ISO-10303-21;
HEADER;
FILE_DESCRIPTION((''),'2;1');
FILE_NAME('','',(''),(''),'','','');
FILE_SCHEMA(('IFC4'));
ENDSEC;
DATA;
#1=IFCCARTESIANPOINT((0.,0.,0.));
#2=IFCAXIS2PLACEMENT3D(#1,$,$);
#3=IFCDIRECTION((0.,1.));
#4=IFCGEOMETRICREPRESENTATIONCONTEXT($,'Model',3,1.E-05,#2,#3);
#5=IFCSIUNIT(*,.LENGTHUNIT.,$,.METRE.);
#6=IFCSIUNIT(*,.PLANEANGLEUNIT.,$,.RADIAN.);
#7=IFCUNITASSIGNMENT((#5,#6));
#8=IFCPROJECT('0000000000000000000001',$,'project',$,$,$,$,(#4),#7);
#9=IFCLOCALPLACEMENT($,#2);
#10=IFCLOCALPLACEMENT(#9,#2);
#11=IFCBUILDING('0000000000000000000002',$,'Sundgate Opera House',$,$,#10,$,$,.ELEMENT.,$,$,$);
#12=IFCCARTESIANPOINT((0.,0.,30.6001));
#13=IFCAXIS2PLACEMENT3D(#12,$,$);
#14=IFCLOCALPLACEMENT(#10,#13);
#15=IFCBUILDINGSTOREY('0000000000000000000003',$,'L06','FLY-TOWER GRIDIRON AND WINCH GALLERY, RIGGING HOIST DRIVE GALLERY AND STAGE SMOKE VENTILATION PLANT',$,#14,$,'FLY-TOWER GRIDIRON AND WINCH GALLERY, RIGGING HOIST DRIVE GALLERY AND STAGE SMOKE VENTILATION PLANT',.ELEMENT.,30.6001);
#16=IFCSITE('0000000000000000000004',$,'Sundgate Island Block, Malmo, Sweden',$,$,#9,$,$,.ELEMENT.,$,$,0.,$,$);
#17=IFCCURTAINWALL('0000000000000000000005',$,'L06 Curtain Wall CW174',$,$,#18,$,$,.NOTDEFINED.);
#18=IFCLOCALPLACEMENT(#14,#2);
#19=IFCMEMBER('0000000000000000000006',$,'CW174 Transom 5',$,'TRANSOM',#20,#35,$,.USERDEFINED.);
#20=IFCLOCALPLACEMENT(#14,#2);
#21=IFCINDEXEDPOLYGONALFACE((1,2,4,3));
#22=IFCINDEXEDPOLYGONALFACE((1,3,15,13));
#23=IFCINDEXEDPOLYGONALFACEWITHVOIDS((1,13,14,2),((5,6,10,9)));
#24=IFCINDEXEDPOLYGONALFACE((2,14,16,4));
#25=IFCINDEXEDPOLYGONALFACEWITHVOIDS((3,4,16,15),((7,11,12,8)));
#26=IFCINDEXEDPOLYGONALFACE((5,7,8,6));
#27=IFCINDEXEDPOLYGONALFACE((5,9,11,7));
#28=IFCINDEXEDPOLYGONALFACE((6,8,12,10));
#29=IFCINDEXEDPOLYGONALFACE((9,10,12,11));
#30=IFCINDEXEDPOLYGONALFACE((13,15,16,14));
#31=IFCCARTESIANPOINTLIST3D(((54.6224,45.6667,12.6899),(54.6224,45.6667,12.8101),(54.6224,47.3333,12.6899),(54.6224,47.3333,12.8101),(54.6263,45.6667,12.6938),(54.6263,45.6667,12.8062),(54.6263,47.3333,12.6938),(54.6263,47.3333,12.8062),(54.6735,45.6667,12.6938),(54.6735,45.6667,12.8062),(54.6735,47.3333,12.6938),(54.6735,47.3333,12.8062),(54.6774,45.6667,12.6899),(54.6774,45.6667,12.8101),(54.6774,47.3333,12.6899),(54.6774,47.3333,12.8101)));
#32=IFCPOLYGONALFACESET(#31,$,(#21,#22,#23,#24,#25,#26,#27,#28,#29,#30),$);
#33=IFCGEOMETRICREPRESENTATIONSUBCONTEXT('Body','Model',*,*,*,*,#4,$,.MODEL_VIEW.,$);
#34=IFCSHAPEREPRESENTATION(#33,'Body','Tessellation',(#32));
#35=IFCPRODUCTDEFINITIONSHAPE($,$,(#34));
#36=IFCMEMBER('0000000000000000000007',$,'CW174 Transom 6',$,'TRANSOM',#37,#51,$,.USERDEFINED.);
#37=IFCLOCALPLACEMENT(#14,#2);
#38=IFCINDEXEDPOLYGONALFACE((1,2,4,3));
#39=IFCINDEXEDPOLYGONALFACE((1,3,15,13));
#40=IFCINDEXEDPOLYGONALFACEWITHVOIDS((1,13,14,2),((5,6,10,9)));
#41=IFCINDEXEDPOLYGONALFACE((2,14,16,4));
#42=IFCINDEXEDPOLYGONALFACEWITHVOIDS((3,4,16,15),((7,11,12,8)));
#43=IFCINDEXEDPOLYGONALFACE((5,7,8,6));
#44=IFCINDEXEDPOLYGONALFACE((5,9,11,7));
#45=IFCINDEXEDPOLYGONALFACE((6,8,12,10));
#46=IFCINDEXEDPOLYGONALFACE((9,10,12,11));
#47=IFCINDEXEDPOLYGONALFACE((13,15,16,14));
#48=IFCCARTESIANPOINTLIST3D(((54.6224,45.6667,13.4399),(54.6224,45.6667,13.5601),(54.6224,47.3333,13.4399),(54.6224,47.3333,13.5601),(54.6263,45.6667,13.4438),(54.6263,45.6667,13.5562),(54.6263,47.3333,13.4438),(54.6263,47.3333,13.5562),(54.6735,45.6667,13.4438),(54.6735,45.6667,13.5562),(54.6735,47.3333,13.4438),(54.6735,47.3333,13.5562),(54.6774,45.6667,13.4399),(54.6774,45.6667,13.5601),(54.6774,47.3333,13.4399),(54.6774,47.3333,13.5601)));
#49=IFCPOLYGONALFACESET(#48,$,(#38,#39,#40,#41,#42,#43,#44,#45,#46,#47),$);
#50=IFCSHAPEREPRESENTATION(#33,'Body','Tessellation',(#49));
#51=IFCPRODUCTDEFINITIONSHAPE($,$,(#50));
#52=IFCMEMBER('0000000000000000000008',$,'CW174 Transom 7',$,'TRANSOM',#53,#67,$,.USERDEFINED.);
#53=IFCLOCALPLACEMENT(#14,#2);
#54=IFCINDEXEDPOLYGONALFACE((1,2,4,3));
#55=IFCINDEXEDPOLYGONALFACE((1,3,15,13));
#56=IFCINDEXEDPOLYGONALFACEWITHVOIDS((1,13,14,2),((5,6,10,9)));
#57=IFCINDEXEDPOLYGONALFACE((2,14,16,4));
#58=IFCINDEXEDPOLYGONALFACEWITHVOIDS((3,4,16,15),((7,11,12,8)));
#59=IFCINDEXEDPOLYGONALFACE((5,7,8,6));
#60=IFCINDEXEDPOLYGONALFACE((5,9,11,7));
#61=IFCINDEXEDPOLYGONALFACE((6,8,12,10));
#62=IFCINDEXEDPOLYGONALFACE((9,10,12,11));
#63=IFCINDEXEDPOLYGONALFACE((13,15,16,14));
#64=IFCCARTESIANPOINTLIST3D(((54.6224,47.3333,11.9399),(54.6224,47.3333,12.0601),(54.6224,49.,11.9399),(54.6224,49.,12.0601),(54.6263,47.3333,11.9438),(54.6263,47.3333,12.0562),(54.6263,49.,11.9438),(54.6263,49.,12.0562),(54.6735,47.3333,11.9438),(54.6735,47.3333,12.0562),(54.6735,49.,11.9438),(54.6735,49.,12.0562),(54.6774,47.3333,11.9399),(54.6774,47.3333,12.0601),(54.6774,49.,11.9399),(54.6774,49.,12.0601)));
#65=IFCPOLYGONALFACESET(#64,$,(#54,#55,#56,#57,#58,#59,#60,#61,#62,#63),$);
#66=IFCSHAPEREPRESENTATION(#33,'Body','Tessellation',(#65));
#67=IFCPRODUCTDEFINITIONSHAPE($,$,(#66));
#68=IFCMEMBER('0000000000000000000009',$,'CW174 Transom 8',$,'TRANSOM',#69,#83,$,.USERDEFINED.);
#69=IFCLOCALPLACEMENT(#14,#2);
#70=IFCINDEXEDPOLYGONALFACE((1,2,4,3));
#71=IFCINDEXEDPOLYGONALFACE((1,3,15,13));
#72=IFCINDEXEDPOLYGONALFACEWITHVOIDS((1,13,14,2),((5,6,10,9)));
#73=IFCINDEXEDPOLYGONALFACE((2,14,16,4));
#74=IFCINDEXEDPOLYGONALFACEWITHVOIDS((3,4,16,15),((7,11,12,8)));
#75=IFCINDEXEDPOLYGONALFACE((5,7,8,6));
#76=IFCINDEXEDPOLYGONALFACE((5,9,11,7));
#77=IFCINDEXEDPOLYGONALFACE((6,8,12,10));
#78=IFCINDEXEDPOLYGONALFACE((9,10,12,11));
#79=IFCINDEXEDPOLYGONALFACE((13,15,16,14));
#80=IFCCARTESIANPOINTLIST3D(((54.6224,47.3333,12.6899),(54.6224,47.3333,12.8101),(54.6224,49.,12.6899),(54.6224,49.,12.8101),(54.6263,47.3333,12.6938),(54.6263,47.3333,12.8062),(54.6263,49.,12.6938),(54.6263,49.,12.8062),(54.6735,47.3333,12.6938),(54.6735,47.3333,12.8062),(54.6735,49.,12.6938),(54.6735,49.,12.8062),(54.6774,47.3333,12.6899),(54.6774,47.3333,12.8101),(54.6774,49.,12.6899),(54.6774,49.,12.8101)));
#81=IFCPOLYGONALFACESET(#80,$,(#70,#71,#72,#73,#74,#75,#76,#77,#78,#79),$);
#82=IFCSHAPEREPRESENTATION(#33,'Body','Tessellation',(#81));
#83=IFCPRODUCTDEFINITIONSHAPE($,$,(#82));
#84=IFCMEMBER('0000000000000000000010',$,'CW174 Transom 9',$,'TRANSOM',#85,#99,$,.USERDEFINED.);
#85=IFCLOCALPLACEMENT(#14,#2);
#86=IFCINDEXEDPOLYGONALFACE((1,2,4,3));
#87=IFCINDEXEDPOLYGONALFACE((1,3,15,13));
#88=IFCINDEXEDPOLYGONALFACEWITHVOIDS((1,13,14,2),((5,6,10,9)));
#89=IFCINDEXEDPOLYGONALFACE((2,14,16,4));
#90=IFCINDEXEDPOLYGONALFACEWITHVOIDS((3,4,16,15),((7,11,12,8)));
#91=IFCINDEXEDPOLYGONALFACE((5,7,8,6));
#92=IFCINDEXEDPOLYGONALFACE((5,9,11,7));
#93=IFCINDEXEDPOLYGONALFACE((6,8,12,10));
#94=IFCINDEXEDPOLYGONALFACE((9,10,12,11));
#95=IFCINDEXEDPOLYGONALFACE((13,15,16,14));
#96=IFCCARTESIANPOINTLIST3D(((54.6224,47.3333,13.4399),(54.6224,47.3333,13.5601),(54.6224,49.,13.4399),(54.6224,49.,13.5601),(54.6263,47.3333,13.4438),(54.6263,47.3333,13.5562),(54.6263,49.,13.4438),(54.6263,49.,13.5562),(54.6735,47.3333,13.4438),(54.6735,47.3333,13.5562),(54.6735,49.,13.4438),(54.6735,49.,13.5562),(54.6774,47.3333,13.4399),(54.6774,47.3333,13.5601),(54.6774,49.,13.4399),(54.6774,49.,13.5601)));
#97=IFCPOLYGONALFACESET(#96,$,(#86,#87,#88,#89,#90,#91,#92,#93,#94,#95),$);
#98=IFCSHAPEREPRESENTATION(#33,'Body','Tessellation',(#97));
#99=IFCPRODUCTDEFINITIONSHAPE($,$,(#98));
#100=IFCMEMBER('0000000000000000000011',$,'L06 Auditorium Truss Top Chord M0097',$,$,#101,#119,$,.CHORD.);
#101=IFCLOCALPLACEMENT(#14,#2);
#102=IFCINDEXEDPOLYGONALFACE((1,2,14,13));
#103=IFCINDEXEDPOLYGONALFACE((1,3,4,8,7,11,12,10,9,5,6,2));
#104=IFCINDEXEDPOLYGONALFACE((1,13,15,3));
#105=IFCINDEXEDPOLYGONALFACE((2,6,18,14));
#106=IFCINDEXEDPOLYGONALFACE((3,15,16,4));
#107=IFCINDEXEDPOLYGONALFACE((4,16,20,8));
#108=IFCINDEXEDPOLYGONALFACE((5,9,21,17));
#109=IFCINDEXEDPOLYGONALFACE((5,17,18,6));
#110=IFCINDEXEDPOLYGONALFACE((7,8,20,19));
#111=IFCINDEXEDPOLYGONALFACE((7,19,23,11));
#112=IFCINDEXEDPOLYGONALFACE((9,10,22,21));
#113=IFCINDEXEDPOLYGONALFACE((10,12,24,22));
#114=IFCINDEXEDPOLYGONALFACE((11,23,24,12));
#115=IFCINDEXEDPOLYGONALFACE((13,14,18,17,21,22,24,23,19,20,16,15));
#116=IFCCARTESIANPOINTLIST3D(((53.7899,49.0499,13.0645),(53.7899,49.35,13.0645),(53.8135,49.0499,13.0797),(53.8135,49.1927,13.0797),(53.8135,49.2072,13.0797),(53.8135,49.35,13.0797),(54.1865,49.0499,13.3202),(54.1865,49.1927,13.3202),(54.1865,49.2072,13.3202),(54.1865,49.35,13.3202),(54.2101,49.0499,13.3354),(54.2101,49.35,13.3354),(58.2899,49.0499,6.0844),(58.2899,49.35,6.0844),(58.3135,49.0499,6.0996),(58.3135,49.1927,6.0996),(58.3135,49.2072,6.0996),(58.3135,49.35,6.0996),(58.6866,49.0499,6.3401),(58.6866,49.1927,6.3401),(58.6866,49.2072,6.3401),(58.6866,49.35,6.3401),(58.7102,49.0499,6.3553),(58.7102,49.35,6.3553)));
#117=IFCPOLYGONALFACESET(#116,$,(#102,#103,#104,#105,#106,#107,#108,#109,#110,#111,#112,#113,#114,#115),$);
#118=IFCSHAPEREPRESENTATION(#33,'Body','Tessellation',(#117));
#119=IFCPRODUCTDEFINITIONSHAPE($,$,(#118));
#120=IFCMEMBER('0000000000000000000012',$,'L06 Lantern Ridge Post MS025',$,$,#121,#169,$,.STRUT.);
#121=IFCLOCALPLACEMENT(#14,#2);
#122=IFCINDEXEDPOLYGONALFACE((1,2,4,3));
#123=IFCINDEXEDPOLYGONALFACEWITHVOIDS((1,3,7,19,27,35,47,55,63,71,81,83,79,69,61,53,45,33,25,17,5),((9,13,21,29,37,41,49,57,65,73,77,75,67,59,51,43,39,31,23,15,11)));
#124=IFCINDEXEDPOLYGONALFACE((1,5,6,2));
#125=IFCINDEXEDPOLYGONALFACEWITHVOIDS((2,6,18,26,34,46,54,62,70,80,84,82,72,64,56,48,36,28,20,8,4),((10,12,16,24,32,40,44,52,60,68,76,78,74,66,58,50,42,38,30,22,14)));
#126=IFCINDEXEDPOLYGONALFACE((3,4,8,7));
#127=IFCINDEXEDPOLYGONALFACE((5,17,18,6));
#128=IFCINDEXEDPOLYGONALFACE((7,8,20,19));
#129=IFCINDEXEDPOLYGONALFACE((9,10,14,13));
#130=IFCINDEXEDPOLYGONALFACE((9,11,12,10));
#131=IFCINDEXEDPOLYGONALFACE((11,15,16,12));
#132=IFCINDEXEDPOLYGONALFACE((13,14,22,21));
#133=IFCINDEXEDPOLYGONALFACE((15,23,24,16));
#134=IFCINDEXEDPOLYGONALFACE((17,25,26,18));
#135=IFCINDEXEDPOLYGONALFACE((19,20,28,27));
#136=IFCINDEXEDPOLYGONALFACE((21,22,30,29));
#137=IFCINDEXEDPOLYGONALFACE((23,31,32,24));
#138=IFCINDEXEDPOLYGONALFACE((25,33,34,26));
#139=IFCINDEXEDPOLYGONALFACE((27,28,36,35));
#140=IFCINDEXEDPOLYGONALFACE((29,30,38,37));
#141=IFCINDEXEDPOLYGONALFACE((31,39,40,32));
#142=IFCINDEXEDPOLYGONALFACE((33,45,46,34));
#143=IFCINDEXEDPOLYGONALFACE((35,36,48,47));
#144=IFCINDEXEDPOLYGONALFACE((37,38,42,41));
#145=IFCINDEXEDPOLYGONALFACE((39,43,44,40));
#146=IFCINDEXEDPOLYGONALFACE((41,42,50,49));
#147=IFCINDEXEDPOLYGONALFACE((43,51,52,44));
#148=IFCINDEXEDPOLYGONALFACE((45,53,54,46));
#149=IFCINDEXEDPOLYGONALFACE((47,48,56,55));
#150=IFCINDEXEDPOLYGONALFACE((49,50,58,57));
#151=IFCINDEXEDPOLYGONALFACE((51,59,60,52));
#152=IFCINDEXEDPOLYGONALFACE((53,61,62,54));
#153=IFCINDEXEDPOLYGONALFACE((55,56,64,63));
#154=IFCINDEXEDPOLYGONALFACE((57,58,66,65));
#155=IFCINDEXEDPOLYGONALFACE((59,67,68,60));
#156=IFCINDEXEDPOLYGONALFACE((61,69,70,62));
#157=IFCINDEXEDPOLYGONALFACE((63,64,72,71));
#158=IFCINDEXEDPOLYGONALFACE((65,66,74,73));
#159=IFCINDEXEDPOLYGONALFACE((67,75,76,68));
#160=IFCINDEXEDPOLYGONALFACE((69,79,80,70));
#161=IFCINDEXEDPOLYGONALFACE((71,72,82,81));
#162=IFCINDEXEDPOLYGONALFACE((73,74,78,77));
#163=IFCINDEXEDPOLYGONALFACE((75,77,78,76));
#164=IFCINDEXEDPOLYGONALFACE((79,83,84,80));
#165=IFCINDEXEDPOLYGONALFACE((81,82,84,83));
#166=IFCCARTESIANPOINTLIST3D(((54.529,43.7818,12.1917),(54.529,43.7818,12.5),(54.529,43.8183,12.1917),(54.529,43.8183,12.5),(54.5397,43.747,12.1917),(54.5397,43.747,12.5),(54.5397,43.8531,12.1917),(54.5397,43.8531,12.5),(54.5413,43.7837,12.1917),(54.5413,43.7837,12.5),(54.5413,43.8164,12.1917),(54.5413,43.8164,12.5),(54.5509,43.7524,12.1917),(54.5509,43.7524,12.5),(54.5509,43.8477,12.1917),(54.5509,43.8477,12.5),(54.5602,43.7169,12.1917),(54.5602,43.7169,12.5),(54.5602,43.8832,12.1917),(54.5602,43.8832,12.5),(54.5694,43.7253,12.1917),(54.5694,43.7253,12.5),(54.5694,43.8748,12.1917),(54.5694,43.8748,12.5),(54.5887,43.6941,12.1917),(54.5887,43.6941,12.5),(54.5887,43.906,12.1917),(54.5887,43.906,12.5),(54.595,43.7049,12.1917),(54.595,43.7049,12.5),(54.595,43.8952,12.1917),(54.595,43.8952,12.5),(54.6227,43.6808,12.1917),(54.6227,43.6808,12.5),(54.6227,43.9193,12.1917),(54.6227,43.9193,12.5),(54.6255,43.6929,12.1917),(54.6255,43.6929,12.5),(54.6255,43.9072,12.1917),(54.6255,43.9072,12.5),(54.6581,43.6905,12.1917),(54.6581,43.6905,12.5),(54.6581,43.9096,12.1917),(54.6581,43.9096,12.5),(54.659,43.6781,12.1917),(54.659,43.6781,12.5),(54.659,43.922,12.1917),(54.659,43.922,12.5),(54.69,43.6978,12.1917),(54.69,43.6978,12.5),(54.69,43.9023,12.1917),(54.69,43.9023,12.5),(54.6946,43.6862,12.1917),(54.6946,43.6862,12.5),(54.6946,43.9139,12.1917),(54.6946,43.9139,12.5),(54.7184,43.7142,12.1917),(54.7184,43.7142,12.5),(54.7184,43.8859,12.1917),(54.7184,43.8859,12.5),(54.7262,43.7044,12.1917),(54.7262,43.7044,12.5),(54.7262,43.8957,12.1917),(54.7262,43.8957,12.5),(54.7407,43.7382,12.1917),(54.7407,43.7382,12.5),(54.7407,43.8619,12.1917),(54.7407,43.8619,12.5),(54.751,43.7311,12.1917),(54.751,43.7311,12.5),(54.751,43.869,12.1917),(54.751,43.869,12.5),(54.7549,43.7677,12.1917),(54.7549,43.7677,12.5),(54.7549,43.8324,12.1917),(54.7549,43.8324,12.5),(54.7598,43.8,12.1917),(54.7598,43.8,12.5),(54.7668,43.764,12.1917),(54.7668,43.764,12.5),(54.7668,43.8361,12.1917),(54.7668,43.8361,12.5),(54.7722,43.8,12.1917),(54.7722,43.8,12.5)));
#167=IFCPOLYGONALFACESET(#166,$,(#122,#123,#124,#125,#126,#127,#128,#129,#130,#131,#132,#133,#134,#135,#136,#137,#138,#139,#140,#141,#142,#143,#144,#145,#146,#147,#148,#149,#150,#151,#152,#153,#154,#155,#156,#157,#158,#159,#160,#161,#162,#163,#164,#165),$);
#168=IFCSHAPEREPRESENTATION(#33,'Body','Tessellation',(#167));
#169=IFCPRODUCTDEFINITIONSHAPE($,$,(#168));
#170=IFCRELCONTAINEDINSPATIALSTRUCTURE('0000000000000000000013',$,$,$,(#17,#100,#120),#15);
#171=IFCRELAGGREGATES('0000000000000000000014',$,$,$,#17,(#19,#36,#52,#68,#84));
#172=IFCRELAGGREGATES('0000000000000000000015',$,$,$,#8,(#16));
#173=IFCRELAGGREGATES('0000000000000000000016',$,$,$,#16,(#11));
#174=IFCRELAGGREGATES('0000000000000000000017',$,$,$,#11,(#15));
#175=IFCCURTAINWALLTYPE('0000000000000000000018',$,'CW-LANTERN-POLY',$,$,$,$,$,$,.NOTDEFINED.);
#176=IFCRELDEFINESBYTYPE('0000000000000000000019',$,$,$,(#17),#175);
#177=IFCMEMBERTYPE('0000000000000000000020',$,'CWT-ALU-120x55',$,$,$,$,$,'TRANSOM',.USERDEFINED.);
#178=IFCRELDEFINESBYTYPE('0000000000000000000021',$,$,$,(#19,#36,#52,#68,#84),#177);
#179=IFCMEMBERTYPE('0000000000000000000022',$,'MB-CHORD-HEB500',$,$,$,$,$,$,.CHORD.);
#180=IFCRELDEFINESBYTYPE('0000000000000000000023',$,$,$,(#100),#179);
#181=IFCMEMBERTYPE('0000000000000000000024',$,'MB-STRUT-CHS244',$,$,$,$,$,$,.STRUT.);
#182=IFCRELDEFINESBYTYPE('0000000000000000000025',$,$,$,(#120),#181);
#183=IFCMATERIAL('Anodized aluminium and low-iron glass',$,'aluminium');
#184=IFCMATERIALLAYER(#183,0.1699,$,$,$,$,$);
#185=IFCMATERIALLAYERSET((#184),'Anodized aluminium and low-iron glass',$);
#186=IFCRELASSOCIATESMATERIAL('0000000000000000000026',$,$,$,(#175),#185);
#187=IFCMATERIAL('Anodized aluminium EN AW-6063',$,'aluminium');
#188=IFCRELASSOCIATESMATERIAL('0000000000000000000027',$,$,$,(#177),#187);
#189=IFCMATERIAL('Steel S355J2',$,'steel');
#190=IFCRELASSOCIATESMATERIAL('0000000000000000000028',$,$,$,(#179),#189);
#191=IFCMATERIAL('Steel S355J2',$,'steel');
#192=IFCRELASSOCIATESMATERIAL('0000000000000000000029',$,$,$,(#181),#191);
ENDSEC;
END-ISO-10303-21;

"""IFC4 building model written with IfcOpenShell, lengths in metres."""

from ifc_helpers import new_model, si_unit, direction, frame, origin, origin_2d, place, context, subcontext, project, spatial, hollow_rectangle, hollow_circle, i_section, extrude, material, layer, layer_set, material_profile, profile_set, type_object, element, aggregate, save


model = new_model("IFC4")

# Units and contexts
model_context = context("Model", 3, precision=1e-05, world=origin(), true_north=direction((0.0, 1.0)))
body_context = subcontext(model_context, "Body", "Model", "MODEL_VIEW")
ifc_project = project(units=[si_unit("LENGTHUNIT", "METRE"), si_unit("PLANEANGLEUNIT", "RADIAN")], contexts=[model_context])

# Site, building, storey
site_placement = place(None, origin())
site = spatial("IfcSite", under=ifc_project, at=site_placement, Name="Sundgate Island Block, Malmo, Sweden", CompositionType="ELEMENT", RefElevation=0.0)
building_placement = place(site_placement, origin())
building = spatial("IfcBuilding", under=site, at=building_placement, Name="Sundgate Opera House", CompositionType="ELEMENT")
storey_placement = place(building_placement, frame((0.0, 0.0, 30.6001)))
storey = spatial("IfcBuildingStorey", under=building, at=storey_placement, Name="L06", Description="FLY-TOWER GRIDIRON AND WINCH GALLERY, RIGGING HOIST DRIVE GALLERY AND STAGE SMOKE VENTILATION PLANT", LongName="FLY-TOWER GRIDIRON AND WINCH GALLERY, RIGGING HOIST DRIVE GALLERY AND STAGE SMOKE VENTILATION PLANT", CompositionType="ELEMENT", Elevation=30.6001)

# Curtain wall, members
ifc_material_1 = material(Name="Anodized aluminium and low-iron glass", Category="aluminium")
ifc_layer_1 = layer(ifc_material_1, 0.1699)
ifc_layer_set_1 = layer_set([ifc_layer_1], Name="Anodized aluminium and low-iron glass")
curtain_wall_type = type_object("IfcCurtainWallType", Name="CW-LANTERN-POLY", PredefinedType="NOTDEFINED", material=ifc_layer_set_1)
curtain_wall_placement = place(storey_placement, origin())
curtain_wall = element("IfcCurtainWall", 1, at=curtain_wall_placement, inside=storey, type_object=curtain_wall_type, Name="L06 Curtain Wall CW174", PredefinedType="NOTDEFINED")
ifc_material_2 = material(Name="Anodized aluminium EN AW-6063", Category="aluminium")
ifc_material_profile_1 = material_profile(ifc_material_2, hollow_rectangle(XDim=0.0549, YDim=0.1201, WallThickness=0.0039, at=origin_2d()), Name="CWT 120x55x4")
ifc_profile_set_1 = profile_set([ifc_material_profile_1], Name="Anodized aluminium EN AW-6063")
member_type_1 = type_object("IfcMemberType", Name="CWT-ALU-120x55", ElementType="TRANSOM", PredefinedType="USERDEFINED", material=ifc_profile_set_1)
member_1_placement = place(storey_placement, frame((54.6499, 45.6667, 12.75), z_axis=(0.0, 1.0, 0.0), x_axis=(-1.0, 0.0, 0.0)))
member_1 = element("IfcMember", 2, at=member_1_placement, type_object=member_type_1, Name="CW174 Transom 5", ObjectType="TRANSOM", PredefinedType="USERDEFINED", context=body_context, shape_type="SweptSolid", body=[
    extrude(hollow_rectangle(XDim=0.0549, YDim=0.1201, WallThickness=0.0039, at=origin_2d()), origin(), (0.0, 0.0, 1.0), 1.6665),
])
member_2_placement = place(storey_placement, frame((54.6499, 45.6667, 13.5), z_axis=(0.0, 1.0, 0.0), x_axis=(-1.0, 0.0, 0.0)))
member_2 = element("IfcMember", 3, at=member_2_placement, type_object=member_type_1, Name="CW174 Transom 6", ObjectType="TRANSOM", PredefinedType="USERDEFINED", context=body_context, shape_type="SweptSolid", body=[
    extrude(hollow_rectangle(XDim=0.0549, YDim=0.1201, WallThickness=0.0039, at=origin_2d()), origin(), (0.0, 0.0, 1.0), 1.6665),
])
member_3_placement = place(storey_placement, frame((54.6499, 47.3333, 12.0), z_axis=(0.0, 1.0, 0.0), x_axis=(-1.0, 0.0, 0.0)))
member_3 = element("IfcMember", 4, at=member_3_placement, type_object=member_type_1, Name="CW174 Transom 7", ObjectType="TRANSOM", PredefinedType="USERDEFINED", context=body_context, shape_type="SweptSolid", body=[
    extrude(hollow_rectangle(XDim=0.0549, YDim=0.1201, WallThickness=0.0039, at=origin_2d()), origin(), (0.0, 0.0, 1.0), 1.6667),
])
member_4_placement = place(storey_placement, frame((54.6499, 47.3333, 12.75), z_axis=(0.0, 1.0, 0.0), x_axis=(-1.0, 0.0, 0.0)))
member_4 = element("IfcMember", 5, at=member_4_placement, type_object=member_type_1, Name="CW174 Transom 8", ObjectType="TRANSOM", PredefinedType="USERDEFINED", context=body_context, shape_type="SweptSolid", body=[
    extrude(hollow_rectangle(XDim=0.0549, YDim=0.1201, WallThickness=0.0039, at=origin_2d()), origin(), (0.0, 0.0, 1.0), 1.6667),
])
member_5_placement = place(storey_placement, frame((54.6499, 47.3333, 13.5), z_axis=(0.0, 1.0, 0.0), x_axis=(-1.0, 0.0, 0.0)))
member_5 = element("IfcMember", 6, at=member_5_placement, type_object=member_type_1, Name="CW174 Transom 9", ObjectType="TRANSOM", PredefinedType="USERDEFINED", context=body_context, shape_type="SweptSolid", body=[
    extrude(hollow_rectangle(XDim=0.0549, YDim=0.1201, WallThickness=0.0039, at=origin_2d()), origin(), (0.0, 0.0, 1.0), 1.6667),
])

# Members
ifc_material_3 = material(Name="Steel S355J2", Category="steel")
ifc_material_profile_2 = material_profile(ifc_material_3, i_section(OverallWidth=0.3, OverallDepth=0.5, WebThickness=0.0144, FlangeThickness=0.0281, at=origin_2d()), Name="HEB 500")
ifc_profile_set_2 = profile_set([ifc_material_profile_2], Name="Steel S355J2")
member_type_2 = type_object("IfcMemberType", Name="MB-CHORD-HEB500", PredefinedType="CHORD", material=ifc_profile_set_2)
member_6_placement = place(storey_placement, frame((54.0, 49.2, 13.2), z_axis=(0.541854, 0.0, -0.840473), x_axis=(0.0, 1.0, 0.0)))
element("IfcMember", 7, at=member_6_placement, inside=storey, type_object=member_type_2, Name="L06 Auditorium Truss Top Chord M0097", PredefinedType="CHORD", context=body_context, shape_type="SweptSolid", body=[
    extrude(i_section(OverallWidth=0.3, OverallDepth=0.5, WebThickness=0.0144, FlangeThickness=0.0281, at=origin_2d()), origin(), (0.0, 0.0, 1.0), 8.3049),
])
ifc_material_4 = material(Name="Steel S355J2", Category="steel")
ifc_material_profile_3 = material_profile(ifc_material_4, hollow_circle(Radius=0.1223, WallThickness=0.0125, at=origin_2d()), Name="CHS 244.5x12.5")
ifc_profile_set_3 = profile_set([ifc_material_profile_3], Name="Steel S355J2")
member_type_3 = type_object("IfcMemberType", Name="MB-STRUT-CHS244", PredefinedType="STRUT", material=ifc_profile_set_3)
member_7_placement = place(storey_placement, frame((54.6499, 43.8, 12.1917), z_axis=(0.0, 0.0, 1.0), x_axis=(1.0, 0.0, 0.0)))
element("IfcMember", 8, at=member_7_placement, inside=storey, type_object=member_type_3, Name="L06 Lantern Ridge Post MS025", PredefinedType="STRUT", context=body_context, shape_type="SweptSolid", body=[
    extrude(hollow_circle(Radius=0.1223, WallThickness=0.0125, at=origin_2d()), origin(), (0.0, 0.0, 1.0), 0.3083),
])

aggregate(curtain_wall, [member_1, member_2, member_3, member_4, member_5])

save(model, "model.ifc")
